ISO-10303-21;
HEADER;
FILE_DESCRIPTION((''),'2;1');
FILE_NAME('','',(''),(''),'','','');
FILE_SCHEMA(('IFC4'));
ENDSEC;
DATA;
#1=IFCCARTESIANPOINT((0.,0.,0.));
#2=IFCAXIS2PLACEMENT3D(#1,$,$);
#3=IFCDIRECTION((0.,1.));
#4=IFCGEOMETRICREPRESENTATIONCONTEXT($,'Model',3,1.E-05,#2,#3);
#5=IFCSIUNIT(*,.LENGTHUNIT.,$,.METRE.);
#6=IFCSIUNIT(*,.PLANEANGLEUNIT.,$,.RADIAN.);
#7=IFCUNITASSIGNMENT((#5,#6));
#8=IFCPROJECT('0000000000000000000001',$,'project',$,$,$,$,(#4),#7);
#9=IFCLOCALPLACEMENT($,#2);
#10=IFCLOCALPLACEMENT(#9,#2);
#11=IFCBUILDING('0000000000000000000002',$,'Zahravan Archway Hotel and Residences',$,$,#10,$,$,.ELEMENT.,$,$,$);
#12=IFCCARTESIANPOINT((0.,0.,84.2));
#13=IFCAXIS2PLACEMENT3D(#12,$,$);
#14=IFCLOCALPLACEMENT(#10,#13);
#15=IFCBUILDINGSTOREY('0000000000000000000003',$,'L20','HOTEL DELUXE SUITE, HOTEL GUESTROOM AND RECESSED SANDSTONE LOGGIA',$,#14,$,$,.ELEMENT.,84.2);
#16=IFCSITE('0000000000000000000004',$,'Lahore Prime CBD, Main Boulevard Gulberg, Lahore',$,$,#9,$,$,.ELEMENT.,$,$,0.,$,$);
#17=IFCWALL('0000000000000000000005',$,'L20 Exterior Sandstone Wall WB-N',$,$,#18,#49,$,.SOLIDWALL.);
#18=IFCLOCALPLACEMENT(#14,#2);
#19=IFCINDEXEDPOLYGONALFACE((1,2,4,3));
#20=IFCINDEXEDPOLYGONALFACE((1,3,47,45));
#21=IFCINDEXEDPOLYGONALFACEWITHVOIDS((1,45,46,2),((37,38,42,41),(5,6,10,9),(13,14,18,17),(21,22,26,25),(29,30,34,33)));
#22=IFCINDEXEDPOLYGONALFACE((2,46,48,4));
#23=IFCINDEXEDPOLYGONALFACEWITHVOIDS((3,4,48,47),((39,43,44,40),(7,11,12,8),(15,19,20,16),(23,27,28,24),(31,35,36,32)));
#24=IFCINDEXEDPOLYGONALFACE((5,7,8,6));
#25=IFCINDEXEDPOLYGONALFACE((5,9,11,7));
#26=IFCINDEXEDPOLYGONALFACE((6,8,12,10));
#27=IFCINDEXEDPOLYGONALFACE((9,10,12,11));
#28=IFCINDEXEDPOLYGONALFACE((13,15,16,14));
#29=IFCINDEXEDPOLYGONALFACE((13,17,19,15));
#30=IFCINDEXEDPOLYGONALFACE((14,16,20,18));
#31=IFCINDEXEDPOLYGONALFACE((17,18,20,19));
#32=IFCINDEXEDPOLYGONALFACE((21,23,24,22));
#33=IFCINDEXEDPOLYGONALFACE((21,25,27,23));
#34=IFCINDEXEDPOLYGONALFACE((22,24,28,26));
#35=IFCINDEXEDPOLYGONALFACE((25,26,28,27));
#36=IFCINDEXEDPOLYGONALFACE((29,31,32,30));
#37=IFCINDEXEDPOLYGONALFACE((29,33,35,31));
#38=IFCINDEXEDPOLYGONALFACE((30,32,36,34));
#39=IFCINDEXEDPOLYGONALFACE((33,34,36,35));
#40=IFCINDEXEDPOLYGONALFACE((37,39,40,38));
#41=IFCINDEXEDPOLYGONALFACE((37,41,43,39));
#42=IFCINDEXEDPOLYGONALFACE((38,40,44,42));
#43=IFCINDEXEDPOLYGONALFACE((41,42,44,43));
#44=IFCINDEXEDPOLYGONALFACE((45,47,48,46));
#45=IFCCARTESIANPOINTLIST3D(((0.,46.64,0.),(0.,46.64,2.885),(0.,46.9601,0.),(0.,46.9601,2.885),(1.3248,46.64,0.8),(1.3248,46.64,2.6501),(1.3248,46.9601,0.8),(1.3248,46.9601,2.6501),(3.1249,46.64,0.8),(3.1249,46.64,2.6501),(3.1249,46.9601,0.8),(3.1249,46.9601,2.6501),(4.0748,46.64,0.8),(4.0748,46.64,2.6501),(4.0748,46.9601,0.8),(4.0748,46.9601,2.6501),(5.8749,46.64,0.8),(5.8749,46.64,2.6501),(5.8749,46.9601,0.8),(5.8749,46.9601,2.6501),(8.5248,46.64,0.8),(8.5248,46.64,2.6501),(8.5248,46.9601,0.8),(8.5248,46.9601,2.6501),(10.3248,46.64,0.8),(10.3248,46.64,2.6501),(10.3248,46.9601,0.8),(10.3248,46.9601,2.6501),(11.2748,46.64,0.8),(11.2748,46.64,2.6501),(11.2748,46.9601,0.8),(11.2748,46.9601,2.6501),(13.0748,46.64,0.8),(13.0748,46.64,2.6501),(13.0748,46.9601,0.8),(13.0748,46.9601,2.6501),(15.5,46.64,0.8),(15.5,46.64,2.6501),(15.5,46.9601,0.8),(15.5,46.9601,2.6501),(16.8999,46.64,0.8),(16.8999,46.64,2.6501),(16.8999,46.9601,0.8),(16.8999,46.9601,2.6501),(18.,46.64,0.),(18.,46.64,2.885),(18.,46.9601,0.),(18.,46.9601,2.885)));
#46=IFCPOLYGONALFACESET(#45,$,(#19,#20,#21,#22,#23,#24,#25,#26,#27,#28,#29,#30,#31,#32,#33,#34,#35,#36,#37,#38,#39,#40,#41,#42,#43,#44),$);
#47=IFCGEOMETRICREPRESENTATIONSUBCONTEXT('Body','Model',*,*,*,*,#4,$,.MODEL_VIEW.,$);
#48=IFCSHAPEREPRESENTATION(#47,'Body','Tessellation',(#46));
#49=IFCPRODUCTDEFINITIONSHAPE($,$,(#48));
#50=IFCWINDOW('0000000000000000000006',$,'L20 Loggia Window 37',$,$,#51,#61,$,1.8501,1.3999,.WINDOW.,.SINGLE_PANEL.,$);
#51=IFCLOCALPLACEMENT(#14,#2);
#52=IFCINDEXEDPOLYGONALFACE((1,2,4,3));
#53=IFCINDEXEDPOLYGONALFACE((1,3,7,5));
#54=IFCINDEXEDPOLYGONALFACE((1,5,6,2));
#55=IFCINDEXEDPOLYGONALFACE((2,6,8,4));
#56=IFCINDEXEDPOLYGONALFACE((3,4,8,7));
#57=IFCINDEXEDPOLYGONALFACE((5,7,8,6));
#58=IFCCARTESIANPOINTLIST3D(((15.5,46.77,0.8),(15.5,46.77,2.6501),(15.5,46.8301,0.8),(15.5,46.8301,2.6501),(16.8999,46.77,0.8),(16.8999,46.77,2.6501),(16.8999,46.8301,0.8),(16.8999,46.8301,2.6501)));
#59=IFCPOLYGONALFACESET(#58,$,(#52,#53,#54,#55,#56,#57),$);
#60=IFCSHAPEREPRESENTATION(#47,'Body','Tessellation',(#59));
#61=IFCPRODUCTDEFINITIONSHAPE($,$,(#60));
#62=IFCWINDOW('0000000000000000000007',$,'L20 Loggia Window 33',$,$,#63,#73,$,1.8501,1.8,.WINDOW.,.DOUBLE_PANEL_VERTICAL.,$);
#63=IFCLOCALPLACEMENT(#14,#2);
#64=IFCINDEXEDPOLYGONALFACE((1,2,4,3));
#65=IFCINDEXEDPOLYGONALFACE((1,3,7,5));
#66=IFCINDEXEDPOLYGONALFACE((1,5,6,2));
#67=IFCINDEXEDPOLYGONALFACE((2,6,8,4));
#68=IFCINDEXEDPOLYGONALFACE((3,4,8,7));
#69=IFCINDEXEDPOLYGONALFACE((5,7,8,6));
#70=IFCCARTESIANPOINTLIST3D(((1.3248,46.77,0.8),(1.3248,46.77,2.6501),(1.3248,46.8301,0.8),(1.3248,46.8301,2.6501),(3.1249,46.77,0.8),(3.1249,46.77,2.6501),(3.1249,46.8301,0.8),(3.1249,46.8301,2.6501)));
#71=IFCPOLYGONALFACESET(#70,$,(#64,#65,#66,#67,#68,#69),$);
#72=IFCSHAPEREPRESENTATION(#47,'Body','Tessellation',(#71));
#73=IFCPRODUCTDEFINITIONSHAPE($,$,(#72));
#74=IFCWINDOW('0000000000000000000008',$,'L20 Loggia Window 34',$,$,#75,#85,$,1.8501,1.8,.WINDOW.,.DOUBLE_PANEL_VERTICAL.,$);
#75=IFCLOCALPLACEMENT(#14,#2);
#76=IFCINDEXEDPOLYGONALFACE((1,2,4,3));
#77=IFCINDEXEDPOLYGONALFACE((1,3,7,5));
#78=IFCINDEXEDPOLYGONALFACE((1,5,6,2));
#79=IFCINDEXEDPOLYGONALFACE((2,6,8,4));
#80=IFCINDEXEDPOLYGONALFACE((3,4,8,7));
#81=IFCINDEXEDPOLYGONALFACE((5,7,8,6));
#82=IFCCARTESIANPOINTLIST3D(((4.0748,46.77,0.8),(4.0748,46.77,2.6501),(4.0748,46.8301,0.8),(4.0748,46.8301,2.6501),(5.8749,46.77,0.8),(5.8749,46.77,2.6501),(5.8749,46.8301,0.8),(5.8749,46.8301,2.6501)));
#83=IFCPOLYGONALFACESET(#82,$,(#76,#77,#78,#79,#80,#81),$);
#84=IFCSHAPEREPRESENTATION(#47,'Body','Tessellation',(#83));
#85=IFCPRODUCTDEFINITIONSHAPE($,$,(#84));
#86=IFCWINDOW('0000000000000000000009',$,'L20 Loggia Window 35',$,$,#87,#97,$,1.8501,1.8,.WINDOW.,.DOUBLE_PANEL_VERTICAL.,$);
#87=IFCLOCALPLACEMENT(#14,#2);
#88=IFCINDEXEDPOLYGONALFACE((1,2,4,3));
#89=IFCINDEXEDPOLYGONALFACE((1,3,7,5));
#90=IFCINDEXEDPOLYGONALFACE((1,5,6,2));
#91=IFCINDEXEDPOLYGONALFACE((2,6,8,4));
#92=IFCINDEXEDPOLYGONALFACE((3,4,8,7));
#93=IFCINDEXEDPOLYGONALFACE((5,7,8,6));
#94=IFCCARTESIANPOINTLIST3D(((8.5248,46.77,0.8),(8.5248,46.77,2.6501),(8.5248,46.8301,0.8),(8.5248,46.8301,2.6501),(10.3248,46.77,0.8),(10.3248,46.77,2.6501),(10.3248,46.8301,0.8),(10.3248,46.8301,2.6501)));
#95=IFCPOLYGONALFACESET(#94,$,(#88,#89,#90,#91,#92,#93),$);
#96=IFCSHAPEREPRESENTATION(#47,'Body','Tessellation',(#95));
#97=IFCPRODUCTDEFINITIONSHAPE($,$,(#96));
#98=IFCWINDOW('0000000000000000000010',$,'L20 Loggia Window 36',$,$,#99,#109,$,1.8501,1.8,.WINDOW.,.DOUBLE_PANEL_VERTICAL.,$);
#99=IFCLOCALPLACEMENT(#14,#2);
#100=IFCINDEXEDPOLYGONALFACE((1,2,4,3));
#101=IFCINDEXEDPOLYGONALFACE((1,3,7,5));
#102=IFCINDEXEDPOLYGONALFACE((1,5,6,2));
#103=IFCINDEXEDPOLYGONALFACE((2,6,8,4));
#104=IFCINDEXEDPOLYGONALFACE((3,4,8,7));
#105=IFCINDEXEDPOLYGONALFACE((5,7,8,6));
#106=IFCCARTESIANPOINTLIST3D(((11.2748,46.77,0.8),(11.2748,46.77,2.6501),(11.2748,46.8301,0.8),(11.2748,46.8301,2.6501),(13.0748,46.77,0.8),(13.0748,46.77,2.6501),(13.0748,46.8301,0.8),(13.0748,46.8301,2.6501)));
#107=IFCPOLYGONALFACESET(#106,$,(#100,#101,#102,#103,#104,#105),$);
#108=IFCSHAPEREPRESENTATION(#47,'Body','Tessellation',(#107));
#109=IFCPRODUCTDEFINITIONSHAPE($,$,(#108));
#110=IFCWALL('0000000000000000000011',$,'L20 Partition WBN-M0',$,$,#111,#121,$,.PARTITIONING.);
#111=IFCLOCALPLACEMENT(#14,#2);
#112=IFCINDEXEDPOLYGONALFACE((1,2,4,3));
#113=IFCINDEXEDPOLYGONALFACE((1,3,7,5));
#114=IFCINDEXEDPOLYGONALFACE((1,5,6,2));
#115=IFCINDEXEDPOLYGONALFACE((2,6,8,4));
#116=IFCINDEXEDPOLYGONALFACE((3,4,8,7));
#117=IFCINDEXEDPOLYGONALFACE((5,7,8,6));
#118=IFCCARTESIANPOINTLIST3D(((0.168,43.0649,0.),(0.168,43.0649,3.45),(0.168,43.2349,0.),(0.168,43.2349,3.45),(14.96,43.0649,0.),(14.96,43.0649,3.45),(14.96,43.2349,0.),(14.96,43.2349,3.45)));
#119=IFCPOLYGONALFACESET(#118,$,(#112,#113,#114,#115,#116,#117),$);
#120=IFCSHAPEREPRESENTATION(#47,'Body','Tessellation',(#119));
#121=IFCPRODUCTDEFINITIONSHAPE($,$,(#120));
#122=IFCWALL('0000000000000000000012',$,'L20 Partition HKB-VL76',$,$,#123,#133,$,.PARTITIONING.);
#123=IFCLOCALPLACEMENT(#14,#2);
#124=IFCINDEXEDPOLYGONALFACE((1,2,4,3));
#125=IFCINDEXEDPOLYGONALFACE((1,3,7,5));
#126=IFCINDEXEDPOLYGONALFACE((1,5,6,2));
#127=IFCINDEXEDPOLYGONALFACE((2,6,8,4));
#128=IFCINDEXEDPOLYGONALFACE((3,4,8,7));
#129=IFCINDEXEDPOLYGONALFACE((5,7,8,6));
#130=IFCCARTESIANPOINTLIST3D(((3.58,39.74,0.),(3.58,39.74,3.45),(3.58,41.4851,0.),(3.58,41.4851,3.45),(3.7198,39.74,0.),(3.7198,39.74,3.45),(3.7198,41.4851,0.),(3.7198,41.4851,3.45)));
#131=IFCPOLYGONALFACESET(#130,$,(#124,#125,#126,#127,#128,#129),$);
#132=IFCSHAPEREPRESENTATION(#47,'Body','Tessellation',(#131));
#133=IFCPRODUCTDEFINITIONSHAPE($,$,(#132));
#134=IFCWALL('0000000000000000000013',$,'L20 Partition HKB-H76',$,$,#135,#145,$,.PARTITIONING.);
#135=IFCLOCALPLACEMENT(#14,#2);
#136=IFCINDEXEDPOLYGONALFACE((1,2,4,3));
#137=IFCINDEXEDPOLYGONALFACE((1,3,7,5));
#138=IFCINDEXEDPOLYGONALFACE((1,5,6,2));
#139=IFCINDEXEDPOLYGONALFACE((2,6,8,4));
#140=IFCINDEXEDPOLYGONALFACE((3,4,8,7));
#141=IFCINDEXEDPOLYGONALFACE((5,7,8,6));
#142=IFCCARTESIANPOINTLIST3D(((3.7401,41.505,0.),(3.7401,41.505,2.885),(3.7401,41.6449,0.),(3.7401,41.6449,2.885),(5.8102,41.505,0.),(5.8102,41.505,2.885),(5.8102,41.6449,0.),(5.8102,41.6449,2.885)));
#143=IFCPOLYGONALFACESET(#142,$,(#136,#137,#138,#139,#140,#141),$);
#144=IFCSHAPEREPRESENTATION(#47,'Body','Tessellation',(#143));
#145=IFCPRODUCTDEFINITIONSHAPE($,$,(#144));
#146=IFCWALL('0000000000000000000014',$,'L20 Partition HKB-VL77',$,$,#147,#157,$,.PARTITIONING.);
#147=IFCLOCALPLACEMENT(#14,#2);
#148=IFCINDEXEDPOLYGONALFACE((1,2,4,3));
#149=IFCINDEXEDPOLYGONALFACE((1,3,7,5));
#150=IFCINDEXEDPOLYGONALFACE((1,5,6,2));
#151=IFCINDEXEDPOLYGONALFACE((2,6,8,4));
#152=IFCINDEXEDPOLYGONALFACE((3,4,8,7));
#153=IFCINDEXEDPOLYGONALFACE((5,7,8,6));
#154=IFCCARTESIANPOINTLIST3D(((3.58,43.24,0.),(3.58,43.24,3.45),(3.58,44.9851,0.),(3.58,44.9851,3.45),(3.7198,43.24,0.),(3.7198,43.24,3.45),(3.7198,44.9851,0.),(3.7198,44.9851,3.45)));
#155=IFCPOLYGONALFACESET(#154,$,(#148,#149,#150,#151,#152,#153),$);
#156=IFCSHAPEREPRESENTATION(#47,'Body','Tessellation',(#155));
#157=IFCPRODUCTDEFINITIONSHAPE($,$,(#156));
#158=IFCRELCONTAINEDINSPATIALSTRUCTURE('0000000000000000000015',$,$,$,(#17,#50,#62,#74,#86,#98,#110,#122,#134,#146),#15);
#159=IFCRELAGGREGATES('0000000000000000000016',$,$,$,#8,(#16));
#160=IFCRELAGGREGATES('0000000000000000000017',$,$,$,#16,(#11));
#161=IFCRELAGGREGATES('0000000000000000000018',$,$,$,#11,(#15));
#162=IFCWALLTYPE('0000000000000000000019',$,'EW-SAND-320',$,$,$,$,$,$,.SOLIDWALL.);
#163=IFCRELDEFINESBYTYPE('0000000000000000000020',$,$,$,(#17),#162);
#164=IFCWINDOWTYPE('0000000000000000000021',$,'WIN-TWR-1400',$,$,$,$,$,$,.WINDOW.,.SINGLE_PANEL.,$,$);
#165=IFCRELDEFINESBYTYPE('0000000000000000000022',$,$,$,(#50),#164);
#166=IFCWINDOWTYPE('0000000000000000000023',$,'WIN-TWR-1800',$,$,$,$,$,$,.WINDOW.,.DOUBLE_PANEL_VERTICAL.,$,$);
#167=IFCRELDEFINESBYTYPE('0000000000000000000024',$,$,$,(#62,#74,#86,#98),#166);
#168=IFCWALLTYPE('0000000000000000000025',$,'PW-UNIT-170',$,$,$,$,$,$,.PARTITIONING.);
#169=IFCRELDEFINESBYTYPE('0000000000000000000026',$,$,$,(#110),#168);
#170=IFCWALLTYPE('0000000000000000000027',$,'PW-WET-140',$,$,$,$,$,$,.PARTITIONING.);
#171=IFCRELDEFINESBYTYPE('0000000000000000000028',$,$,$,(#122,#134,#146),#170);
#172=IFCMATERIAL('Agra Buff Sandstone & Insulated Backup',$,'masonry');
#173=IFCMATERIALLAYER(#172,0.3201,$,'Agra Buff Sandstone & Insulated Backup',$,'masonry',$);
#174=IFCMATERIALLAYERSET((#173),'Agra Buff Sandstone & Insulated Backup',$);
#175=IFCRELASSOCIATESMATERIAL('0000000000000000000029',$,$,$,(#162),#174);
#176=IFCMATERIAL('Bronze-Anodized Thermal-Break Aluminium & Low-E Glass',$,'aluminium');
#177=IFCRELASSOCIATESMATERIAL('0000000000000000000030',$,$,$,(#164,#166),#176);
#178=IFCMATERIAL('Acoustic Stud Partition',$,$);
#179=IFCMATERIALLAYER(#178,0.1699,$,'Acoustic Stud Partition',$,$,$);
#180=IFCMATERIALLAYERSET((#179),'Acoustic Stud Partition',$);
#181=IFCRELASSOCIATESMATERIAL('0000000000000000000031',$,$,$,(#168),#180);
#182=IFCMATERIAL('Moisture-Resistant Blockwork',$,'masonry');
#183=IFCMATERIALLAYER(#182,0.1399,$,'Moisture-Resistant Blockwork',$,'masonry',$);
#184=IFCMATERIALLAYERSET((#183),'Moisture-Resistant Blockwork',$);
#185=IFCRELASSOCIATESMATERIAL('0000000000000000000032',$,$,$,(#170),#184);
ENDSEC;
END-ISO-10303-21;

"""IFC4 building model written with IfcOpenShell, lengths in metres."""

from ifc_helpers import new_model, si_unit, direction, frame, frame_2d, origin, place, context, subcontext, project, spatial, rectangle, extrude, source, transform, mapped, material, layer, layer_set, type_object, type_shapes, element, fill, save


model = new_model("IFC4")

# Units and contexts
model_context = context("Model", 3, precision=1e-05, world=origin(), true_north=direction((0.0, 1.0)))
body_context = subcontext(model_context, "Body", "Model", "MODEL_VIEW")
ifc_project = project(units=[si_unit("LENGTHUNIT", "METRE"), si_unit("PLANEANGLEUNIT", "RADIAN")], contexts=[model_context])

# Site, building, storey
site_placement = place(None, origin())
site = spatial("IfcSite", under=ifc_project, at=site_placement, Name="Lahore Prime CBD, Main Boulevard Gulberg, Lahore", CompositionType="ELEMENT", RefElevation=0.0)
building_placement = place(site_placement, origin())
building = spatial("IfcBuilding", under=site, at=building_placement, Name="Zahravan Archway Hotel and Residences", CompositionType="ELEMENT")
storey_placement = place(building_placement, frame((0.0, 0.0, 84.2)))
storey = spatial("IfcBuildingStorey", under=building, at=storey_placement, Name="L20", Description="HOTEL DELUXE SUITE, HOTEL GUESTROOM AND RECESSED SANDSTONE LOGGIA", CompositionType="ELEMENT", Elevation=84.2)

# Wall, openings, windows
ifc_material_1 = material(Name="Agra Buff Sandstone & Insulated Backup", Category="masonry")
ifc_layer_1 = layer(ifc_material_1, 0.3201, Name="Agra Buff Sandstone & Insulated Backup", Category="masonry")
ifc_layer_set_1 = layer_set([ifc_layer_1], Name="Agra Buff Sandstone & Insulated Backup")
wall_type_1 = type_object("IfcWallType", Name="EW-SAND-320", PredefinedType="SOLIDWALL", material=ifc_layer_set_1)
wall_1_placement = place(storey_placement, frame((0.0, 46.8, 0.0), z_axis=(0.0, 0.0, 1.0), x_axis=(1.0, 0.0, 0.0)))
wall_1 = element("IfcWall", 1, at=wall_1_placement, inside=storey, type_object=wall_type_1, Name="L20 Exterior Sandstone Wall WB-N", PredefinedType="SOLIDWALL", context=body_context, shape_type="SweptSolid", body=[
    extrude(rectangle(XDim=18.0, YDim=0.3201, at=frame_2d((9.0, 0.0))), origin(), (0.0, 0.0, 1.0), 2.885),
])
opening_1_placement = place(wall_1_placement, frame((1.325, 0.0, 0.8)))
opening_1 = element("IfcOpeningElement", 2, at=opening_1_placement, cuts=wall_1, PredefinedType="OPENING", context=body_context, shape_type="SweptSolid", body=[
    extrude(rectangle(XDim=1.8, YDim=1.8501, at=frame_2d((0.8999, 0.925))), frame((0.0, 0.1699, 0.0), z_axis=(0.0, -1.0, 0.0), x_axis=(1.0, 0.0, 0.0)), (0.0, 0.0, 1.0), 0.3401),
])
opening_2_placement = place(wall_1_placement, frame((4.075, 0.0, 0.8)))
opening_2 = element("IfcOpeningElement", 3, at=opening_2_placement, cuts=wall_1, PredefinedType="OPENING", context=body_context, shape_type="SweptSolid", body=[
    extrude(rectangle(XDim=1.8, YDim=1.8501, at=frame_2d((0.8999, 0.925))), frame((0.0, 0.1699, 0.0), z_axis=(0.0, -1.0, 0.0), x_axis=(1.0, 0.0, 0.0)), (0.0, 0.0, 1.0), 0.3401),
])
opening_3_placement = place(wall_1_placement, frame((8.5249, 0.0, 0.8)))
opening_3 = element("IfcOpeningElement", 4, at=opening_3_placement, cuts=wall_1, PredefinedType="OPENING", context=body_context, shape_type="SweptSolid", body=[
    extrude(rectangle(XDim=1.8, YDim=1.8501, at=frame_2d((0.8999, 0.925))), frame((0.0, 0.1699, 0.0), z_axis=(0.0, -1.0, 0.0), x_axis=(1.0, 0.0, 0.0)), (0.0, 0.0, 1.0), 0.3401),
])
opening_4_placement = place(wall_1_placement, frame((11.2749, 0.0, 0.8)))
opening_4 = element("IfcOpeningElement", 5, at=opening_4_placement, cuts=wall_1, PredefinedType="OPENING", context=body_context, shape_type="SweptSolid", body=[
    extrude(rectangle(XDim=1.8, YDim=1.8501, at=frame_2d((0.8999, 0.925))), frame((0.0, 0.1699, 0.0), z_axis=(0.0, -1.0, 0.0), x_axis=(1.0, 0.0, 0.0)), (0.0, 0.0, 1.0), 0.3401),
])
opening_5_placement = place(wall_1_placement, frame((15.5, 0.0, 0.8)))
opening_5 = element("IfcOpeningElement", 6, at=opening_5_placement, cuts=wall_1, PredefinedType="OPENING", context=body_context, shape_type="SweptSolid", body=[
    extrude(rectangle(XDim=1.3999, YDim=1.8501, at=frame_2d((0.7, 0.925))), frame((0.0, 0.1699, 0.0), z_axis=(0.0, -1.0, 0.0), x_axis=(1.0, 0.0, 0.0)), (0.0, 0.0, 1.0), 0.3401),
])
ifc_material_2 = material(Name="Bronze-Anodized Thermal-Break Aluminium & Low-E Glass", Category="aluminium")
window_type_1 = type_object("IfcWindowType", Name="WIN-TWR-1400", PartitioningType="SINGLE_PANEL", PredefinedType="WINDOW", material=ifc_material_2)
shared_shape_1 = source(origin(), body_context, "Body", "SweptSolid", [
    extrude(rectangle(XDim=1.3999, YDim=1.8501, at=frame_2d((0.7, 0.925))), frame((0.0, 0.03, 0.0), z_axis=(0.0, -1.0, 0.0), x_axis=(1.0, 0.0, 0.0)), (0.0, 0.0, 1.0), 0.0601),
])
type_shapes(window_type_1, [shared_shape_1])
window_1_placement = place(opening_5_placement, origin())
window_1 = element("IfcWindow", 7, at=window_1_placement, inside=storey, type_object=window_type_1, Name="L20 Loggia Window 37", OverallHeight=1.8501, OverallWidth=1.3999, PartitioningType="SINGLE_PANEL", PredefinedType="WINDOW", context=body_context, shape_type="MappedRepresentation", body=[
    mapped(shared_shape_1, transform((0.0, 0.0, 0.0), scale=1.0)),
])
fill(opening_5, window_1)
window_type_2 = type_object("IfcWindowType", Name="WIN-TWR-1800", PartitioningType="DOUBLE_PANEL_VERTICAL", PredefinedType="WINDOW", material=ifc_material_2)
shared_shape_2 = source(origin(), body_context, "Body", "SweptSolid", [
    extrude(rectangle(XDim=1.8, YDim=1.8501, at=frame_2d((0.8999, 0.925))), frame((0.0, 0.03, 0.0), z_axis=(0.0, -1.0, 0.0), x_axis=(1.0, 0.0, 0.0)), (0.0, 0.0, 1.0), 0.0601),
])
type_shapes(window_type_2, [shared_shape_2])
window_2_placement = place(opening_1_placement, origin())
window_2 = element("IfcWindow", 8, at=window_2_placement, inside=storey, type_object=window_type_2, Name="L20 Loggia Window 33", OverallHeight=1.8501, OverallWidth=1.8, PartitioningType="DOUBLE_PANEL_VERTICAL", PredefinedType="WINDOW", context=body_context, shape_type="MappedRepresentation", body=[
    mapped(shared_shape_2, transform((0.0, 0.0, 0.0), scale=1.0)),
])
fill(opening_1, window_2)
window_3_placement = place(opening_2_placement, origin())
window_3 = element("IfcWindow", 9, at=window_3_placement, inside=storey, type_object=window_type_2, Name="L20 Loggia Window 34", OverallHeight=1.8501, OverallWidth=1.8, PartitioningType="DOUBLE_PANEL_VERTICAL", PredefinedType="WINDOW", context=body_context, shape_type="MappedRepresentation", body=[
    mapped(shared_shape_2, transform((0.0, 0.0, 0.0), scale=1.0)),
])
fill(opening_2, window_3)
window_4_placement = place(opening_3_placement, origin())
window_4 = element("IfcWindow", 10, at=window_4_placement, inside=storey, type_object=window_type_2, Name="L20 Loggia Window 35", OverallHeight=1.8501, OverallWidth=1.8, PartitioningType="DOUBLE_PANEL_VERTICAL", PredefinedType="WINDOW", context=body_context, shape_type="MappedRepresentation", body=[
    mapped(shared_shape_2, transform((0.0, 0.0, 0.0), scale=1.0)),
])
fill(opening_3, window_4)
window_5_placement = place(opening_4_placement, origin())
window_5 = element("IfcWindow", 11, at=window_5_placement, inside=storey, type_object=window_type_2, Name="L20 Loggia Window 36", OverallHeight=1.8501, OverallWidth=1.8, PartitioningType="DOUBLE_PANEL_VERTICAL", PredefinedType="WINDOW", context=body_context, shape_type="MappedRepresentation", body=[
    mapped(shared_shape_2, transform((0.0, 0.0, 0.0), scale=1.0)),
])
fill(opening_4, window_5)

# Shared definitions
ifc_material_3 = material(Name="Acoustic Stud Partition")
ifc_layer_2 = layer(ifc_material_3, 0.1699, Name="Acoustic Stud Partition")
ifc_layer_set_2 = layer_set([ifc_layer_2], Name="Acoustic Stud Partition")
wall_type_2 = type_object("IfcWallType", Name="PW-UNIT-170", PredefinedType="PARTITIONING", material=ifc_layer_set_2)

# Walls
wall_2_placement = place(storey_placement, frame((0.168, 43.1499, 0.0), z_axis=(0.0, 0.0, 1.0), x_axis=(1.0, 0.0, 0.0)))
element("IfcWall", 12, at=wall_2_placement, inside=storey, type_object=wall_type_2, Name="L20 Partition WBN-M0", PredefinedType="PARTITIONING", context=body_context, shape_type="SweptSolid", body=[
    extrude(rectangle(XDim=14.792, YDim=0.1699, at=frame_2d((7.396, 0.0))), origin(), (0.0, 0.0, 1.0), 3.45),
])
ifc_material_4 = material(Name="Moisture-Resistant Blockwork", Category="masonry")
ifc_layer_3 = layer(ifc_material_4, 0.1399, Name="Moisture-Resistant Blockwork", Category="masonry")
ifc_layer_set_3 = layer_set([ifc_layer_3], Name="Moisture-Resistant Blockwork")
wall_type_3 = type_object("IfcWallType", Name="PW-WET-140", PredefinedType="PARTITIONING", material=ifc_layer_set_3)
wall_3_placement = place(storey_placement, frame((3.6499, 39.74, 0.0), z_axis=(0.0, 0.0, 1.0), x_axis=(0.0, 1.0, 0.0)))
element("IfcWall", 13, at=wall_3_placement, inside=storey, type_object=wall_type_3, Name="L20 Partition HKB-VL76", PredefinedType="PARTITIONING", context=body_context, shape_type="SweptSolid", body=[
    extrude(rectangle(XDim=1.7451, YDim=0.1399, at=frame_2d((0.8726, 0.0))), origin(), (0.0, 0.0, 1.0), 3.45),
])
wall_4_placement = place(storey_placement, frame((3.74, 41.575, 0.0), z_axis=(0.0, 0.0, 1.0), x_axis=(1.0, 0.0, 0.0)))
element("IfcWall", 14, at=wall_4_placement, inside=storey, type_object=wall_type_3, Name="L20 Partition HKB-H76", PredefinedType="PARTITIONING", context=body_context, shape_type="SweptSolid", body=[
    extrude(rectangle(XDim=2.0701, YDim=0.1399, at=frame_2d((1.0352, 0.0))), origin(), (0.0, 0.0, 1.0), 2.885),
])
wall_5_placement = place(storey_placement, frame((3.6499, 43.24, 0.0), z_axis=(0.0, 0.0, 1.0), x_axis=(0.0, 1.0, 0.0)))
element("IfcWall", 15, at=wall_5_placement, inside=storey, type_object=wall_type_3, Name="L20 Partition HKB-VL77", PredefinedType="PARTITIONING", context=body_context, shape_type="SweptSolid", body=[
    extrude(rectangle(XDim=1.7451, YDim=0.1399, at=frame_2d((0.8726, 0.0))), origin(), (0.0, 0.0, 1.0), 3.45),
])

save(model, "model.ifc")
